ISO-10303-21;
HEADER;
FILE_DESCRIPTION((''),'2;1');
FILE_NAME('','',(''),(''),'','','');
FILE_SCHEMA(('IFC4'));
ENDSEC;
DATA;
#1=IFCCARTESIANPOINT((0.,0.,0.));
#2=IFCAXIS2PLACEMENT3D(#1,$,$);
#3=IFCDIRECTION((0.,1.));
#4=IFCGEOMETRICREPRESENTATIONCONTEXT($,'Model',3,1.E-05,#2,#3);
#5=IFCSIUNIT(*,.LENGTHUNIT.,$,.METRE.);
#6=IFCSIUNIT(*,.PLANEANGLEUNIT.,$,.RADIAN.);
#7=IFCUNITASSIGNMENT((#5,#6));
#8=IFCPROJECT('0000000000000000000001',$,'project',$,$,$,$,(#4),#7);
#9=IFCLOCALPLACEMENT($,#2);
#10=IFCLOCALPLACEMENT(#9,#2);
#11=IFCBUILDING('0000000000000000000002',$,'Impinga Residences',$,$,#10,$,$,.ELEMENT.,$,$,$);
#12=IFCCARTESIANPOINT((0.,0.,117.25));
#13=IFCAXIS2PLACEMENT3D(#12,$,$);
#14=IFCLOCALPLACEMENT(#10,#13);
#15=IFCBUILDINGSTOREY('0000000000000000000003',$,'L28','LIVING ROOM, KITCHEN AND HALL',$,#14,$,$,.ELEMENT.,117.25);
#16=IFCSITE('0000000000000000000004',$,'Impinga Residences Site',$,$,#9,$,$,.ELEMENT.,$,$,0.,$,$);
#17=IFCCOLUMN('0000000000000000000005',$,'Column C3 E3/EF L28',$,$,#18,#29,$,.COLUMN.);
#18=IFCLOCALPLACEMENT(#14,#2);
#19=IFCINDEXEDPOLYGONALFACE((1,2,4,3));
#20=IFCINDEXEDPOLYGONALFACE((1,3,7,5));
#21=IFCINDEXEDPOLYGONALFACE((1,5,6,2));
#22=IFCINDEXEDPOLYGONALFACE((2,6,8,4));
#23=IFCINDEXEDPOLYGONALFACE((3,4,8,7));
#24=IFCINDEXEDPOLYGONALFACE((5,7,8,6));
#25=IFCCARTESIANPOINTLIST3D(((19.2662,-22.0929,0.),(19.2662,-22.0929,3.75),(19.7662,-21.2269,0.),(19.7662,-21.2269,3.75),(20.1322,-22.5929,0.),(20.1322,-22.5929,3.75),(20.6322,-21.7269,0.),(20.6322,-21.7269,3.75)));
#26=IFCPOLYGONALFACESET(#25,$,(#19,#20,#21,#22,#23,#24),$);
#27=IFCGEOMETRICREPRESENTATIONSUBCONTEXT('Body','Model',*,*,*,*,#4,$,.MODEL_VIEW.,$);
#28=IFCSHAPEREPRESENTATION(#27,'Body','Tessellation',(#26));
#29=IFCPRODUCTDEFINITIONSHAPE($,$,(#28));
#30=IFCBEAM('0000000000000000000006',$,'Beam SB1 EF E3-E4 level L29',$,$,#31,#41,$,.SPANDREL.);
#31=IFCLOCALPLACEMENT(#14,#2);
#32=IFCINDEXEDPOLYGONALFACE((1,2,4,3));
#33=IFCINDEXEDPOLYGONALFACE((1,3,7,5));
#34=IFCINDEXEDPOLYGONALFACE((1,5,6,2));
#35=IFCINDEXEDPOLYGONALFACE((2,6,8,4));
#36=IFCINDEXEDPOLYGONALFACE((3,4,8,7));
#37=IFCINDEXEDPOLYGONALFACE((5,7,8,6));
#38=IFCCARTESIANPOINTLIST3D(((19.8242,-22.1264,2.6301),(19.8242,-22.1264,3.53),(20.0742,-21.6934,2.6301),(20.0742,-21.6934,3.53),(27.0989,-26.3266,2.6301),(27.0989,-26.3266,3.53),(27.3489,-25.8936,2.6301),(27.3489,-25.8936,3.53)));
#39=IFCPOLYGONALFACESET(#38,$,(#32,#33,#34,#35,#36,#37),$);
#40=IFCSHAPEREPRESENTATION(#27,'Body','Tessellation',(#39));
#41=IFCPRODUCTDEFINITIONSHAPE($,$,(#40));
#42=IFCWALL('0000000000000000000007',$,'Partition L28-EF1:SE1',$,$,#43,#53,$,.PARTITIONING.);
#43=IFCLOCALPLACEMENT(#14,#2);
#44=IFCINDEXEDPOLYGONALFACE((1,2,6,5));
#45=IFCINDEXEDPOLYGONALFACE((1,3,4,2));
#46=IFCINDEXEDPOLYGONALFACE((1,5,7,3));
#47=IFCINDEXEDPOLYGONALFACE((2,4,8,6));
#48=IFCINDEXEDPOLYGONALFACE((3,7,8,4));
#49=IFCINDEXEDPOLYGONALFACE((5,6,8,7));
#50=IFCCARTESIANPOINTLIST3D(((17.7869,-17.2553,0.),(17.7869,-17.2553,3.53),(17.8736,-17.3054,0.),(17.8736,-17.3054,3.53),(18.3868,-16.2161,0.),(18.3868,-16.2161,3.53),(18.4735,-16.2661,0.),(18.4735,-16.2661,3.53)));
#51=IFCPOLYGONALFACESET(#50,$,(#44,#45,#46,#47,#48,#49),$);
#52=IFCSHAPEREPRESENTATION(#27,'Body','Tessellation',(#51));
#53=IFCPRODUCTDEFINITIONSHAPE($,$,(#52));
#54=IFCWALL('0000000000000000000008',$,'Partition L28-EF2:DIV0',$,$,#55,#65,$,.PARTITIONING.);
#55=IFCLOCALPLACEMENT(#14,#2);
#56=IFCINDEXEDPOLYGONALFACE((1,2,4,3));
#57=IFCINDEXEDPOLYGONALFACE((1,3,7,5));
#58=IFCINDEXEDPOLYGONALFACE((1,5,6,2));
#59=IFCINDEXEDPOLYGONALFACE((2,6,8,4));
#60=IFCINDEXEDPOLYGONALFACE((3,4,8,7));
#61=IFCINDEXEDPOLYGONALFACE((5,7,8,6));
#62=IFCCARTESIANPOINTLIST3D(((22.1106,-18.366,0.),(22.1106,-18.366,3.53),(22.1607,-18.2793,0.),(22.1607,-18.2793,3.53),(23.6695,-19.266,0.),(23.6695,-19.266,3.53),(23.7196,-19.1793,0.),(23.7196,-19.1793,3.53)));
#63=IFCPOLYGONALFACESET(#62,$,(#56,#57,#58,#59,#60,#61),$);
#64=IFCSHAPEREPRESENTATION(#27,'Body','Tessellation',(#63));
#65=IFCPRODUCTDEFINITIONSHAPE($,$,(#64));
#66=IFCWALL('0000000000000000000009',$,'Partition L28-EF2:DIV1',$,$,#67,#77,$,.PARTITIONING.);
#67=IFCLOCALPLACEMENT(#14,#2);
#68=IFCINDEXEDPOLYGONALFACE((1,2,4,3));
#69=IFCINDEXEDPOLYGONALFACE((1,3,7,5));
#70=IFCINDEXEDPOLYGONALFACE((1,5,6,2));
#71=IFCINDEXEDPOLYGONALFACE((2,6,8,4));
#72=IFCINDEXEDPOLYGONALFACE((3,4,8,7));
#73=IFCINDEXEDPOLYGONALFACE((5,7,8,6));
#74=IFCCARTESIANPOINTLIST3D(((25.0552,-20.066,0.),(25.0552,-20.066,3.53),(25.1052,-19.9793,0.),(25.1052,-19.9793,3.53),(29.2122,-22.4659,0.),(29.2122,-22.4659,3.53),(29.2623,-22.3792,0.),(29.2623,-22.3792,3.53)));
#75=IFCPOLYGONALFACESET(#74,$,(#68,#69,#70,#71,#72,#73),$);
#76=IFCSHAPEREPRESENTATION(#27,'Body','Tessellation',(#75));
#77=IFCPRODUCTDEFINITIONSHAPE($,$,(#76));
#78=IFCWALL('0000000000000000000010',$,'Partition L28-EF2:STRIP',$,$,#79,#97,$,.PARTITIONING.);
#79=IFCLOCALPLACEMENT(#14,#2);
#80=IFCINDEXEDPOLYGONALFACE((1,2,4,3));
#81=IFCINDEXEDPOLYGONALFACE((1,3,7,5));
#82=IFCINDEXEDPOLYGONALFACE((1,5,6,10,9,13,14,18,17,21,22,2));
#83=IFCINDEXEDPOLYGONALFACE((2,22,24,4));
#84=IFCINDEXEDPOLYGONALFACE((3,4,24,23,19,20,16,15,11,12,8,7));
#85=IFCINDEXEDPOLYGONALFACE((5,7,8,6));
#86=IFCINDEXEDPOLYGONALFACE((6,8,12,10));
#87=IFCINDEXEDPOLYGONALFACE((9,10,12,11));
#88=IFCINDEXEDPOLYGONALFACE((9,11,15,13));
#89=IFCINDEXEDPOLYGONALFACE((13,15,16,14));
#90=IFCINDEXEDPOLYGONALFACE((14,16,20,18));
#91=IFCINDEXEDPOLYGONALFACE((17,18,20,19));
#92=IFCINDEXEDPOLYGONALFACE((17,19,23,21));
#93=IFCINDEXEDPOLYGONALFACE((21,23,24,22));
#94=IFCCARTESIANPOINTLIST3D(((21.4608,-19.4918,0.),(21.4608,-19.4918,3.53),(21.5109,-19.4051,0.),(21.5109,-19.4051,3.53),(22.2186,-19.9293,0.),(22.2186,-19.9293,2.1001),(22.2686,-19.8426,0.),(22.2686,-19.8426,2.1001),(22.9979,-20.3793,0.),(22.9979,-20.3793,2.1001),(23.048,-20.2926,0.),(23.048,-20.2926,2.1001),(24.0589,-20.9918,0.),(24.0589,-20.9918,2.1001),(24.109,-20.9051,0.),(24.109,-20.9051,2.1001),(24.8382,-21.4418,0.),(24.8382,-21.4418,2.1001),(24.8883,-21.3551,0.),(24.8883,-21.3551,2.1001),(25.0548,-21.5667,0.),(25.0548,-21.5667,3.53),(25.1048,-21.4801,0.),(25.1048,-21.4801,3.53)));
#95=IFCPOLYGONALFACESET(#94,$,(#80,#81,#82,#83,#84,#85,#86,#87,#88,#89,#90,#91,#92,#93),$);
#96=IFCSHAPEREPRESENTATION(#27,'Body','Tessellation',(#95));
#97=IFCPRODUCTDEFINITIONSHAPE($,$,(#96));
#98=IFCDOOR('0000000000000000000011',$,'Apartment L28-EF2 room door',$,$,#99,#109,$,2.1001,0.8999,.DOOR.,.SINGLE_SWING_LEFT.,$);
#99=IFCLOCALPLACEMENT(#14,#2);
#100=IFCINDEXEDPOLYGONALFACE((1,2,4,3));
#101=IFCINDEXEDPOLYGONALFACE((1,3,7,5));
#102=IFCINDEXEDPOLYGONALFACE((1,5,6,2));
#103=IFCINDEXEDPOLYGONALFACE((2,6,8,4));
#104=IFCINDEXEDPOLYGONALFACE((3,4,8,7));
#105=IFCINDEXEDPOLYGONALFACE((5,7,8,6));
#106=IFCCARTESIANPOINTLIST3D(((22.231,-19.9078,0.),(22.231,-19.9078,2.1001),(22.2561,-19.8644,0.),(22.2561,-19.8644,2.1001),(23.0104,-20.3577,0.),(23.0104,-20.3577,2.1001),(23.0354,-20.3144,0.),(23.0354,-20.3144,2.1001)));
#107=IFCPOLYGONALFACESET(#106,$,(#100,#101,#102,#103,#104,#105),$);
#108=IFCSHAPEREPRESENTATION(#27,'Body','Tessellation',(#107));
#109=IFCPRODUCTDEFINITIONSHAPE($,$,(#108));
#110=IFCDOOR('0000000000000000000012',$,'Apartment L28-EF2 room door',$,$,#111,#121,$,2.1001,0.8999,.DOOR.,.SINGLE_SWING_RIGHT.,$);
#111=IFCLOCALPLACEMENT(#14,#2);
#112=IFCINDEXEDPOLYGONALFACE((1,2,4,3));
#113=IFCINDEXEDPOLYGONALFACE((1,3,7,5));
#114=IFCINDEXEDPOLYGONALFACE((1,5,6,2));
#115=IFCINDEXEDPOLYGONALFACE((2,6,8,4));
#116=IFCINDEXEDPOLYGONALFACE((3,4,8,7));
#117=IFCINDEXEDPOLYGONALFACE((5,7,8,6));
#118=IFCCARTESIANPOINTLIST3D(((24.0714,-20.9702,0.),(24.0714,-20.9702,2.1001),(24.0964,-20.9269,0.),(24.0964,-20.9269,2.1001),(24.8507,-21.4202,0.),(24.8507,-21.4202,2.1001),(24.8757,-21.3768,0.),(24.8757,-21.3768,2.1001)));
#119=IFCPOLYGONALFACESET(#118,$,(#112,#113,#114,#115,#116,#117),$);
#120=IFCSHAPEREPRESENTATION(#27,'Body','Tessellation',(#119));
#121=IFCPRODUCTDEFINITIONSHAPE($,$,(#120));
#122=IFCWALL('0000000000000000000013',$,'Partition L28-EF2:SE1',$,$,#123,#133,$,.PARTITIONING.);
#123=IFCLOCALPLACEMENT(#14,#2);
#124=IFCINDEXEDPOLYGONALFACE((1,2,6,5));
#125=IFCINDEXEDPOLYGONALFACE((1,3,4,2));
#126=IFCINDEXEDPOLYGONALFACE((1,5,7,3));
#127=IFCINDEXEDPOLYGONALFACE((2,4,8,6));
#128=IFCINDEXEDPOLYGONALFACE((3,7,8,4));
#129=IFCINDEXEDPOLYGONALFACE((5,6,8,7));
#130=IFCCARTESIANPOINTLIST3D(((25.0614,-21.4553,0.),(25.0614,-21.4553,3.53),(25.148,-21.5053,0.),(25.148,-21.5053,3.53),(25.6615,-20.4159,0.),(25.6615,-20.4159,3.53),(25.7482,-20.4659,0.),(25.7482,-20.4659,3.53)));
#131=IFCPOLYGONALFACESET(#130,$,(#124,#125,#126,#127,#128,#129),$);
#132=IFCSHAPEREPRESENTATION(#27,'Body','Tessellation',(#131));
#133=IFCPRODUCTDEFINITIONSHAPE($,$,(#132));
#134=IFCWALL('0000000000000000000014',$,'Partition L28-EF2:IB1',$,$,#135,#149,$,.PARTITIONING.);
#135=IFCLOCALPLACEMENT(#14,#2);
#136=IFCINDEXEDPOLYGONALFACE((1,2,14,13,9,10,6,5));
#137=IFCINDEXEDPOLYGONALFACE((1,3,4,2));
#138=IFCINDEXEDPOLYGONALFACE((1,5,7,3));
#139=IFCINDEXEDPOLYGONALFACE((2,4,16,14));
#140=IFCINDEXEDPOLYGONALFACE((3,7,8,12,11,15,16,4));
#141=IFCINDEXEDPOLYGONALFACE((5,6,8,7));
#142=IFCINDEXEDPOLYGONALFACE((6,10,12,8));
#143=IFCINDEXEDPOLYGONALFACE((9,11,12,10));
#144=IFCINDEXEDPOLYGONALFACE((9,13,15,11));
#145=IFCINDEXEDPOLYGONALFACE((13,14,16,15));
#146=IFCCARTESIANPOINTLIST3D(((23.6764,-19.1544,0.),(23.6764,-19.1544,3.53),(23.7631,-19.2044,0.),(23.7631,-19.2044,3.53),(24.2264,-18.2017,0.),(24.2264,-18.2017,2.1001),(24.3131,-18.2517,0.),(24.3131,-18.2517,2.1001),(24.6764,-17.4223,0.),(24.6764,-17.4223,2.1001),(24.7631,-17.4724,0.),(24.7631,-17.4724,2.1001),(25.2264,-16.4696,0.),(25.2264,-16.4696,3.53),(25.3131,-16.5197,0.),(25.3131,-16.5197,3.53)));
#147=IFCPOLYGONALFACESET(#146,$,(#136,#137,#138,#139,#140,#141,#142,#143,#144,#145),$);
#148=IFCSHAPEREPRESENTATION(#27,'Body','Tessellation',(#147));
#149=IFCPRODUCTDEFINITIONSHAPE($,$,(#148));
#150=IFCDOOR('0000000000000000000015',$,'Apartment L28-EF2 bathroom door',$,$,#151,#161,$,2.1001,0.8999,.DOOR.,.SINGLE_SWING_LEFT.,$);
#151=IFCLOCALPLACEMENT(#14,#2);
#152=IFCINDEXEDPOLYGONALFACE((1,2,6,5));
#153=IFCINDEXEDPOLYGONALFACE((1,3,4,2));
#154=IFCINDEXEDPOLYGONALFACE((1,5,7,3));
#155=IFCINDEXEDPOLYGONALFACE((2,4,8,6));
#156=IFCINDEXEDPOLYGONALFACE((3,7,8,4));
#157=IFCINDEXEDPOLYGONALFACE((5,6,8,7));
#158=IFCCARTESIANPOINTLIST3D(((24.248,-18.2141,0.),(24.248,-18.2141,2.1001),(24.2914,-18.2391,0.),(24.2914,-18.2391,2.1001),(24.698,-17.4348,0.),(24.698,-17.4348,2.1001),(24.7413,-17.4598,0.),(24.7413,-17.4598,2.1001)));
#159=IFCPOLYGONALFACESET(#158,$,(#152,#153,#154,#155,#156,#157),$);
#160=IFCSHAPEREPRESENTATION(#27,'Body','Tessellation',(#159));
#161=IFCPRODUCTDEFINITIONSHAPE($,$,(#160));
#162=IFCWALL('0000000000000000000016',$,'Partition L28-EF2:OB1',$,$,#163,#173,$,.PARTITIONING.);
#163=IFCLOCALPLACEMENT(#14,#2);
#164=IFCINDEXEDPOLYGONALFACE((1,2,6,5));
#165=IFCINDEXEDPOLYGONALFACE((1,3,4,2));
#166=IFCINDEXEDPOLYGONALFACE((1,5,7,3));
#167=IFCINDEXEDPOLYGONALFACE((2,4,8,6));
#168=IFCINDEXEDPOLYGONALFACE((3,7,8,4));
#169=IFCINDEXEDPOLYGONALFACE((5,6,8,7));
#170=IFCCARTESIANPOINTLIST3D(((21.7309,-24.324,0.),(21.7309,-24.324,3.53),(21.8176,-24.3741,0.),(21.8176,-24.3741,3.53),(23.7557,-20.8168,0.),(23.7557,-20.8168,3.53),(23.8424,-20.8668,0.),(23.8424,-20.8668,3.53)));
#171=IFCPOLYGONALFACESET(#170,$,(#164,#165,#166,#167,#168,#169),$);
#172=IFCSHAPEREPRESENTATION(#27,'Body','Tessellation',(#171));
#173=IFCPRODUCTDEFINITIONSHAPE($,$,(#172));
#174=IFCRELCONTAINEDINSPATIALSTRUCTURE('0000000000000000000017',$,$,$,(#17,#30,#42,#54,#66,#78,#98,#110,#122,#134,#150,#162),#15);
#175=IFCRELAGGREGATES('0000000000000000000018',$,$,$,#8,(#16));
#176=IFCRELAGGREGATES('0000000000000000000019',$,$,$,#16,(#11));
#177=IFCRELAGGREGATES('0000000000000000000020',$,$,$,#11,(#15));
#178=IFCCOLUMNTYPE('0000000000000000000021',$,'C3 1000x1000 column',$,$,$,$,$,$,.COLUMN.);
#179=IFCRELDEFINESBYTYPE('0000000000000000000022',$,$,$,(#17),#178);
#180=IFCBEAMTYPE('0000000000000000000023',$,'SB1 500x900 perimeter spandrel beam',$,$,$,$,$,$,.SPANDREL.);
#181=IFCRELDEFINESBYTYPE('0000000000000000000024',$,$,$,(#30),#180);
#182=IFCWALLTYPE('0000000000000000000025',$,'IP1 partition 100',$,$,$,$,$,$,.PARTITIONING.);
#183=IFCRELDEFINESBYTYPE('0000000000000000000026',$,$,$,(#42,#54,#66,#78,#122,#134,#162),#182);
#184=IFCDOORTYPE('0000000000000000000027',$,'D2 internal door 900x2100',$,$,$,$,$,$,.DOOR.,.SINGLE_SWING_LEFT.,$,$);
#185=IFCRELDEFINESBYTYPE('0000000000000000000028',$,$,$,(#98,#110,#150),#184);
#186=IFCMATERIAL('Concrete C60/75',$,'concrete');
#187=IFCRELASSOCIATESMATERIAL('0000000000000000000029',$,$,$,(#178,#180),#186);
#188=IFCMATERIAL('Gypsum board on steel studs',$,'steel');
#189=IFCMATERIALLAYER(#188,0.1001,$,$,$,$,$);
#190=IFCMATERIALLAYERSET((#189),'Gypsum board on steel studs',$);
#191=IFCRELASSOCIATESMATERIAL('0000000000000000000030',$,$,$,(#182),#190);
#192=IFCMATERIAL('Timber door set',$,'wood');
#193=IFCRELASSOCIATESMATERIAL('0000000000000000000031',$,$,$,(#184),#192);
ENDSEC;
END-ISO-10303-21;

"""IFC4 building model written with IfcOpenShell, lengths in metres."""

from ifc_helpers import new_model, si_unit, direction, frame, frame_2d, origin, origin_2d, place, context, subcontext, project, spatial, rectangle, extrude, material, layer, layer_set, material_profile, profile_set, type_object, element, fill, save


model = new_model("IFC4")

# Units and contexts
model_context = context("Model", 3, precision=1e-05, world=origin(), true_north=direction((0.0, 1.0)))
body_context = subcontext(model_context, "Body", "Model", "MODEL_VIEW")
ifc_project = project(units=[si_unit("LENGTHUNIT", "METRE"), si_unit("PLANEANGLEUNIT", "RADIAN")], contexts=[model_context])

# Site, building, storey
site_placement = place(None, origin())
site = spatial("IfcSite", under=ifc_project, at=site_placement, Name="Impinga Residences Site", CompositionType="ELEMENT", RefElevation=0.0)
building_placement = place(site_placement, origin())
building = spatial("IfcBuilding", under=site, at=building_placement, Name="Impinga Residences", CompositionType="ELEMENT")
storey_placement = place(building_placement, frame((0.0, 0.0, 117.25)))
storey = spatial("IfcBuildingStorey", under=building, at=storey_placement, Name="L28", Description="LIVING ROOM, KITCHEN AND HALL", CompositionType="ELEMENT", Elevation=117.25)

# Column
ifc_material_1 = material(Name="Concrete C60/75", Category="concrete")
ifc_material_profile_1 = material_profile(ifc_material_1, rectangle(XDim=1.0, YDim=1.0, at=origin_2d()), Name="RC 1000x1000")
ifc_profile_set_1 = profile_set([ifc_material_profile_1], Name="Concrete C60/75")
column_type = type_object("IfcColumnType", Name="C3 1000x1000 column", PredefinedType="COLUMN", material=ifc_profile_set_1)
column_placement = place(storey_placement, frame((19.9492, -21.9099, 0.0), z_axis=(0.0, 0.0, 1.0), x_axis=(-0.5, -0.866025, 0.0)))
element("IfcColumn", 1, at=column_placement, inside=storey, type_object=column_type, Name="Column C3 E3/EF L28", PredefinedType="COLUMN", context=body_context, shape_type="SweptSolid", body=[
    extrude(rectangle(XDim=1.0, YDim=1.0, at=origin_2d()), origin(), (0.0, 0.0, 1.0), 3.75),
])

# Beam
ifc_material_profile_2 = material_profile(ifc_material_1, rectangle(XDim=0.5, YDim=0.8999, at=origin_2d()), Name="RC 500x900")
ifc_profile_set_2 = profile_set([ifc_material_profile_2], Name="Concrete C60/75")
beam_type = type_object("IfcBeamType", Name="SB1 500x900 perimeter spandrel beam", PredefinedType="SPANDREL", material=ifc_profile_set_2)
beam_placement = place(storey_placement, frame((19.9492, -21.9099, 3.0801), z_axis=(0.866017, -0.500015, 0.0), x_axis=(0.500015, 0.866017, 0.0)))
element("IfcBeam", 2, at=beam_placement, inside=storey, type_object=beam_type, Name="Beam SB1 EF E3-E4 level L29", PredefinedType="SPANDREL", context=body_context, shape_type="SweptSolid", body=[
    extrude(rectangle(XDim=0.5, YDim=0.8999, at=origin_2d()), origin(), (0.0, 0.0, 1.0), 8.4001),
])

# Walls
ifc_material_2 = material(Name="Gypsum board on steel studs", Category="steel")
ifc_layer_1 = layer(ifc_material_2, 0.1001)
ifc_layer_set_1 = layer_set([ifc_layer_1], Name="Gypsum board on steel studs")
wall_type_1 = type_object("IfcWallType", Name="IP1 partition 100", PredefinedType="PARTITIONING", material=ifc_layer_set_1)
wall_1_placement = place(storey_placement, frame((18.4302, -16.241, 0.0), z_axis=(0.0, 0.0, 1.0), x_axis=(-0.499881, -0.866094, 0.0)))
element("IfcWall", 3, at=wall_1_placement, inside=storey, type_object=wall_type_1, Name="Partition L28-EF1:SE1", PredefinedType="PARTITIONING", context=body_context, shape_type="SweptSolid", body=[
    extrude(rectangle(XDim=1.2, YDim=0.1001, at=frame_2d((0.6001, 0.0))), origin(), (0.0, 0.0, 1.0), 3.53),
])
wall_2_placement = place(storey_placement, frame((22.1357, -18.3228, 0.0), z_axis=(0.0, 0.0, 1.0), x_axis=(0.866048, -0.499961, 0.0)))
element("IfcWall", 4, at=wall_2_placement, inside=storey, type_object=wall_type_1, Name="Partition L28-EF2:DIV0", PredefinedType="PARTITIONING", context=body_context, shape_type="SweptSolid", body=[
    extrude(rectangle(XDim=1.8, YDim=0.1001, at=frame_2d((0.8999, 0.0))), origin(), (0.0, 0.0, 1.0), 3.53),
])
wall_3_placement = place(storey_placement, frame((25.0803, -20.0227, 0.0), z_axis=(0.0, 0.0, 1.0), x_axis=(0.866037, -0.499979, 0.0)))
element("IfcWall", 5, at=wall_3_placement, inside=storey, type_object=wall_type_1, Name="Partition L28-EF2:DIV1", PredefinedType="PARTITIONING", context=body_context, shape_type="SweptSolid", body=[
    extrude(rectangle(XDim=4.8, YDim=0.1001, at=frame_2d((2.3999, 0.0))), origin(), (0.0, 0.0, 1.0), 3.53),
])

# Wall, openings, doors
wall_4_placement = place(storey_placement, frame((21.4858, -19.4485, 0.0), z_axis=(0.0, 0.0, 1.0), x_axis=(0.86603, -0.499992, 0.0)))
wall_4 = element("IfcWall", 6, at=wall_4_placement, inside=storey, type_object=wall_type_1, Name="Partition L28-EF2:STRIP", PredefinedType="PARTITIONING", context=body_context, shape_type="SweptSolid", body=[
    extrude(rectangle(XDim=4.1499, YDim=0.1001, at=frame_2d((2.075, 0.0))), origin(), (0.0, 0.0, 1.0), 3.53),
])
opening_1_placement = place(wall_4_placement, frame((0.875, 0.0, 0.0)))
opening_1 = element("IfcOpeningElement", 7, at=opening_1_placement, cuts=wall_4, PredefinedType="OPENING", context=body_context, shape_type="SweptSolid", body=[
    extrude(rectangle(XDim=0.8999, YDim=2.1001, at=frame_2d((0.45, 1.05))), frame((0.0, 0.0601, 0.0), z_axis=(0.0, -1.0, 0.0), x_axis=(1.0, 0.0, 0.0)), (0.0, 0.0, 1.0), 0.1201),
])
opening_2_placement = place(wall_4_placement, frame((3.0, 0.0, 0.0)))
opening_2 = element("IfcOpeningElement", 8, at=opening_2_placement, cuts=wall_4, PredefinedType="OPENING", context=body_context, shape_type="SweptSolid", body=[
    extrude(rectangle(XDim=0.8999, YDim=2.1001, at=frame_2d((0.45, 1.05))), frame((0.0, 0.0601, 0.0), z_axis=(0.0, -1.0, 0.0), x_axis=(1.0, 0.0, 0.0)), (0.0, 0.0, 1.0), 0.1201),
])
ifc_material_3 = material(Name="Timber door set", Category="wood")
door_type = type_object("IfcDoorType", Name="D2 internal door 900x2100", OperationType="SINGLE_SWING_LEFT", PredefinedType="DOOR", material=ifc_material_3)
door_1_placement = place(opening_1_placement, origin())
door_1 = element("IfcDoor", 9, at=door_1_placement, inside=storey, type_object=door_type, Name="Apartment L28-EF2 room door", OperationType="SINGLE_SWING_LEFT", OverallHeight=2.1001, OverallWidth=0.8999, PredefinedType="DOOR", context=body_context, shape_type="SweptSolid", body=[
    extrude(rectangle(XDim=0.8999, YDim=2.1001, at=frame_2d((0.45, 1.05))), frame((0.0, 0.0249, 0.0), z_axis=(0.0, -1.0, 0.0), x_axis=(1.0, 0.0, 0.0)), (0.0, 0.0, 1.0), 0.05),
])
fill(opening_1, door_1)
door_2_placement = place(opening_2_placement, origin())
door_2 = element("IfcDoor", 10, at=door_2_placement, inside=storey, type_object=door_type, Name="Apartment L28-EF2 room door", OperationType="SINGLE_SWING_RIGHT", OverallHeight=2.1001, OverallWidth=0.8999, PredefinedType="DOOR", context=body_context, shape_type="SweptSolid", body=[
    extrude(rectangle(XDim=0.8999, YDim=2.1001, at=frame_2d((0.45, 1.05))), frame((0.0, 0.0249, 0.0), z_axis=(0.0, -1.0, 0.0), x_axis=(1.0, 0.0, 0.0)), (0.0, 0.0, 1.0), 0.05),
])
fill(opening_2, door_2)

# Wall
wall_5_placement = place(storey_placement, frame((25.7048, -20.4409, 0.0), z_axis=(0.0, 0.0, 1.0), x_axis=(-0.500034, -0.866006, 0.0)))
element("IfcWall", 11, at=wall_5_placement, inside=storey, type_object=wall_type_1, Name="Partition L28-EF2:SE1", PredefinedType="PARTITIONING", context=body_context, shape_type="SweptSolid", body=[
    extrude(rectangle(XDim=1.2002, YDim=0.1001, at=frame_2d((0.6001, 0.0))), origin(), (0.0, 0.0, 1.0), 3.53),
])

# Wall, opening, door
wall_6_placement = place(storey_placement, frame((25.2698, -16.4946, 0.0), z_axis=(0.0, 0.0, 1.0), x_axis=(-0.499993, -0.86603, 0.0)))
wall_6 = element("IfcWall", 12, at=wall_6_placement, inside=storey, type_object=wall_type_1, Name="Partition L28-EF2:IB1", PredefinedType="PARTITIONING", context=body_context, shape_type="SweptSolid", body=[
    extrude(rectangle(XDim=3.1001, YDim=0.1001, at=frame_2d((1.55, 0.0))), origin(), (0.0, 0.0, 1.0), 3.53),
])
opening_3_placement = place(wall_6_placement, frame((1.1001, 0.0, 0.0)))
opening_3 = element("IfcOpeningElement", 13, at=opening_3_placement, cuts=wall_6, PredefinedType="OPENING", context=body_context, shape_type="SweptSolid", body=[
    extrude(rectangle(XDim=0.8999, YDim=2.1001, at=frame_2d((0.45, 1.05))), frame((0.0, 0.0601, 0.0), z_axis=(0.0, -1.0, 0.0), x_axis=(1.0, 0.0, 0.0)), (0.0, 0.0, 1.0), 0.1201),
])
door_3_placement = place(opening_3_placement, origin())
door_3 = element("IfcDoor", 14, at=door_3_placement, inside=storey, type_object=door_type, Name="Apartment L28-EF2 bathroom door", OperationType="SINGLE_SWING_LEFT", OverallHeight=2.1001, OverallWidth=0.8999, PredefinedType="DOOR", context=body_context, shape_type="SweptSolid", body=[
    extrude(rectangle(XDim=0.8999, YDim=2.1001, at=frame_2d((0.45, 1.05))), frame((0.0, 0.0249, 0.0), z_axis=(0.0, -1.0, 0.0), x_axis=(1.0, 0.0, 0.0)), (0.0, 0.0, 1.0), 0.05),
])
fill(opening_3, door_3)

# Wall
wall_7_placement = place(storey_placement, frame((23.7991, -20.8418, 0.0), z_axis=(0.0, 0.0, 1.0), x_axis=(-0.49999, -0.866031, 0.0)))
element("IfcWall", 15, at=wall_7_placement, inside=storey, type_object=wall_type_1, Name="Partition L28-EF2:OB1", PredefinedType="PARTITIONING", context=body_context, shape_type="SweptSolid", body=[
    extrude(rectangle(XDim=4.0498, YDim=0.1001, at=frame_2d((2.0249, 0.0))), origin(), (0.0, 0.0, 1.0), 3.53),
])

save(model, "model.ifc")
